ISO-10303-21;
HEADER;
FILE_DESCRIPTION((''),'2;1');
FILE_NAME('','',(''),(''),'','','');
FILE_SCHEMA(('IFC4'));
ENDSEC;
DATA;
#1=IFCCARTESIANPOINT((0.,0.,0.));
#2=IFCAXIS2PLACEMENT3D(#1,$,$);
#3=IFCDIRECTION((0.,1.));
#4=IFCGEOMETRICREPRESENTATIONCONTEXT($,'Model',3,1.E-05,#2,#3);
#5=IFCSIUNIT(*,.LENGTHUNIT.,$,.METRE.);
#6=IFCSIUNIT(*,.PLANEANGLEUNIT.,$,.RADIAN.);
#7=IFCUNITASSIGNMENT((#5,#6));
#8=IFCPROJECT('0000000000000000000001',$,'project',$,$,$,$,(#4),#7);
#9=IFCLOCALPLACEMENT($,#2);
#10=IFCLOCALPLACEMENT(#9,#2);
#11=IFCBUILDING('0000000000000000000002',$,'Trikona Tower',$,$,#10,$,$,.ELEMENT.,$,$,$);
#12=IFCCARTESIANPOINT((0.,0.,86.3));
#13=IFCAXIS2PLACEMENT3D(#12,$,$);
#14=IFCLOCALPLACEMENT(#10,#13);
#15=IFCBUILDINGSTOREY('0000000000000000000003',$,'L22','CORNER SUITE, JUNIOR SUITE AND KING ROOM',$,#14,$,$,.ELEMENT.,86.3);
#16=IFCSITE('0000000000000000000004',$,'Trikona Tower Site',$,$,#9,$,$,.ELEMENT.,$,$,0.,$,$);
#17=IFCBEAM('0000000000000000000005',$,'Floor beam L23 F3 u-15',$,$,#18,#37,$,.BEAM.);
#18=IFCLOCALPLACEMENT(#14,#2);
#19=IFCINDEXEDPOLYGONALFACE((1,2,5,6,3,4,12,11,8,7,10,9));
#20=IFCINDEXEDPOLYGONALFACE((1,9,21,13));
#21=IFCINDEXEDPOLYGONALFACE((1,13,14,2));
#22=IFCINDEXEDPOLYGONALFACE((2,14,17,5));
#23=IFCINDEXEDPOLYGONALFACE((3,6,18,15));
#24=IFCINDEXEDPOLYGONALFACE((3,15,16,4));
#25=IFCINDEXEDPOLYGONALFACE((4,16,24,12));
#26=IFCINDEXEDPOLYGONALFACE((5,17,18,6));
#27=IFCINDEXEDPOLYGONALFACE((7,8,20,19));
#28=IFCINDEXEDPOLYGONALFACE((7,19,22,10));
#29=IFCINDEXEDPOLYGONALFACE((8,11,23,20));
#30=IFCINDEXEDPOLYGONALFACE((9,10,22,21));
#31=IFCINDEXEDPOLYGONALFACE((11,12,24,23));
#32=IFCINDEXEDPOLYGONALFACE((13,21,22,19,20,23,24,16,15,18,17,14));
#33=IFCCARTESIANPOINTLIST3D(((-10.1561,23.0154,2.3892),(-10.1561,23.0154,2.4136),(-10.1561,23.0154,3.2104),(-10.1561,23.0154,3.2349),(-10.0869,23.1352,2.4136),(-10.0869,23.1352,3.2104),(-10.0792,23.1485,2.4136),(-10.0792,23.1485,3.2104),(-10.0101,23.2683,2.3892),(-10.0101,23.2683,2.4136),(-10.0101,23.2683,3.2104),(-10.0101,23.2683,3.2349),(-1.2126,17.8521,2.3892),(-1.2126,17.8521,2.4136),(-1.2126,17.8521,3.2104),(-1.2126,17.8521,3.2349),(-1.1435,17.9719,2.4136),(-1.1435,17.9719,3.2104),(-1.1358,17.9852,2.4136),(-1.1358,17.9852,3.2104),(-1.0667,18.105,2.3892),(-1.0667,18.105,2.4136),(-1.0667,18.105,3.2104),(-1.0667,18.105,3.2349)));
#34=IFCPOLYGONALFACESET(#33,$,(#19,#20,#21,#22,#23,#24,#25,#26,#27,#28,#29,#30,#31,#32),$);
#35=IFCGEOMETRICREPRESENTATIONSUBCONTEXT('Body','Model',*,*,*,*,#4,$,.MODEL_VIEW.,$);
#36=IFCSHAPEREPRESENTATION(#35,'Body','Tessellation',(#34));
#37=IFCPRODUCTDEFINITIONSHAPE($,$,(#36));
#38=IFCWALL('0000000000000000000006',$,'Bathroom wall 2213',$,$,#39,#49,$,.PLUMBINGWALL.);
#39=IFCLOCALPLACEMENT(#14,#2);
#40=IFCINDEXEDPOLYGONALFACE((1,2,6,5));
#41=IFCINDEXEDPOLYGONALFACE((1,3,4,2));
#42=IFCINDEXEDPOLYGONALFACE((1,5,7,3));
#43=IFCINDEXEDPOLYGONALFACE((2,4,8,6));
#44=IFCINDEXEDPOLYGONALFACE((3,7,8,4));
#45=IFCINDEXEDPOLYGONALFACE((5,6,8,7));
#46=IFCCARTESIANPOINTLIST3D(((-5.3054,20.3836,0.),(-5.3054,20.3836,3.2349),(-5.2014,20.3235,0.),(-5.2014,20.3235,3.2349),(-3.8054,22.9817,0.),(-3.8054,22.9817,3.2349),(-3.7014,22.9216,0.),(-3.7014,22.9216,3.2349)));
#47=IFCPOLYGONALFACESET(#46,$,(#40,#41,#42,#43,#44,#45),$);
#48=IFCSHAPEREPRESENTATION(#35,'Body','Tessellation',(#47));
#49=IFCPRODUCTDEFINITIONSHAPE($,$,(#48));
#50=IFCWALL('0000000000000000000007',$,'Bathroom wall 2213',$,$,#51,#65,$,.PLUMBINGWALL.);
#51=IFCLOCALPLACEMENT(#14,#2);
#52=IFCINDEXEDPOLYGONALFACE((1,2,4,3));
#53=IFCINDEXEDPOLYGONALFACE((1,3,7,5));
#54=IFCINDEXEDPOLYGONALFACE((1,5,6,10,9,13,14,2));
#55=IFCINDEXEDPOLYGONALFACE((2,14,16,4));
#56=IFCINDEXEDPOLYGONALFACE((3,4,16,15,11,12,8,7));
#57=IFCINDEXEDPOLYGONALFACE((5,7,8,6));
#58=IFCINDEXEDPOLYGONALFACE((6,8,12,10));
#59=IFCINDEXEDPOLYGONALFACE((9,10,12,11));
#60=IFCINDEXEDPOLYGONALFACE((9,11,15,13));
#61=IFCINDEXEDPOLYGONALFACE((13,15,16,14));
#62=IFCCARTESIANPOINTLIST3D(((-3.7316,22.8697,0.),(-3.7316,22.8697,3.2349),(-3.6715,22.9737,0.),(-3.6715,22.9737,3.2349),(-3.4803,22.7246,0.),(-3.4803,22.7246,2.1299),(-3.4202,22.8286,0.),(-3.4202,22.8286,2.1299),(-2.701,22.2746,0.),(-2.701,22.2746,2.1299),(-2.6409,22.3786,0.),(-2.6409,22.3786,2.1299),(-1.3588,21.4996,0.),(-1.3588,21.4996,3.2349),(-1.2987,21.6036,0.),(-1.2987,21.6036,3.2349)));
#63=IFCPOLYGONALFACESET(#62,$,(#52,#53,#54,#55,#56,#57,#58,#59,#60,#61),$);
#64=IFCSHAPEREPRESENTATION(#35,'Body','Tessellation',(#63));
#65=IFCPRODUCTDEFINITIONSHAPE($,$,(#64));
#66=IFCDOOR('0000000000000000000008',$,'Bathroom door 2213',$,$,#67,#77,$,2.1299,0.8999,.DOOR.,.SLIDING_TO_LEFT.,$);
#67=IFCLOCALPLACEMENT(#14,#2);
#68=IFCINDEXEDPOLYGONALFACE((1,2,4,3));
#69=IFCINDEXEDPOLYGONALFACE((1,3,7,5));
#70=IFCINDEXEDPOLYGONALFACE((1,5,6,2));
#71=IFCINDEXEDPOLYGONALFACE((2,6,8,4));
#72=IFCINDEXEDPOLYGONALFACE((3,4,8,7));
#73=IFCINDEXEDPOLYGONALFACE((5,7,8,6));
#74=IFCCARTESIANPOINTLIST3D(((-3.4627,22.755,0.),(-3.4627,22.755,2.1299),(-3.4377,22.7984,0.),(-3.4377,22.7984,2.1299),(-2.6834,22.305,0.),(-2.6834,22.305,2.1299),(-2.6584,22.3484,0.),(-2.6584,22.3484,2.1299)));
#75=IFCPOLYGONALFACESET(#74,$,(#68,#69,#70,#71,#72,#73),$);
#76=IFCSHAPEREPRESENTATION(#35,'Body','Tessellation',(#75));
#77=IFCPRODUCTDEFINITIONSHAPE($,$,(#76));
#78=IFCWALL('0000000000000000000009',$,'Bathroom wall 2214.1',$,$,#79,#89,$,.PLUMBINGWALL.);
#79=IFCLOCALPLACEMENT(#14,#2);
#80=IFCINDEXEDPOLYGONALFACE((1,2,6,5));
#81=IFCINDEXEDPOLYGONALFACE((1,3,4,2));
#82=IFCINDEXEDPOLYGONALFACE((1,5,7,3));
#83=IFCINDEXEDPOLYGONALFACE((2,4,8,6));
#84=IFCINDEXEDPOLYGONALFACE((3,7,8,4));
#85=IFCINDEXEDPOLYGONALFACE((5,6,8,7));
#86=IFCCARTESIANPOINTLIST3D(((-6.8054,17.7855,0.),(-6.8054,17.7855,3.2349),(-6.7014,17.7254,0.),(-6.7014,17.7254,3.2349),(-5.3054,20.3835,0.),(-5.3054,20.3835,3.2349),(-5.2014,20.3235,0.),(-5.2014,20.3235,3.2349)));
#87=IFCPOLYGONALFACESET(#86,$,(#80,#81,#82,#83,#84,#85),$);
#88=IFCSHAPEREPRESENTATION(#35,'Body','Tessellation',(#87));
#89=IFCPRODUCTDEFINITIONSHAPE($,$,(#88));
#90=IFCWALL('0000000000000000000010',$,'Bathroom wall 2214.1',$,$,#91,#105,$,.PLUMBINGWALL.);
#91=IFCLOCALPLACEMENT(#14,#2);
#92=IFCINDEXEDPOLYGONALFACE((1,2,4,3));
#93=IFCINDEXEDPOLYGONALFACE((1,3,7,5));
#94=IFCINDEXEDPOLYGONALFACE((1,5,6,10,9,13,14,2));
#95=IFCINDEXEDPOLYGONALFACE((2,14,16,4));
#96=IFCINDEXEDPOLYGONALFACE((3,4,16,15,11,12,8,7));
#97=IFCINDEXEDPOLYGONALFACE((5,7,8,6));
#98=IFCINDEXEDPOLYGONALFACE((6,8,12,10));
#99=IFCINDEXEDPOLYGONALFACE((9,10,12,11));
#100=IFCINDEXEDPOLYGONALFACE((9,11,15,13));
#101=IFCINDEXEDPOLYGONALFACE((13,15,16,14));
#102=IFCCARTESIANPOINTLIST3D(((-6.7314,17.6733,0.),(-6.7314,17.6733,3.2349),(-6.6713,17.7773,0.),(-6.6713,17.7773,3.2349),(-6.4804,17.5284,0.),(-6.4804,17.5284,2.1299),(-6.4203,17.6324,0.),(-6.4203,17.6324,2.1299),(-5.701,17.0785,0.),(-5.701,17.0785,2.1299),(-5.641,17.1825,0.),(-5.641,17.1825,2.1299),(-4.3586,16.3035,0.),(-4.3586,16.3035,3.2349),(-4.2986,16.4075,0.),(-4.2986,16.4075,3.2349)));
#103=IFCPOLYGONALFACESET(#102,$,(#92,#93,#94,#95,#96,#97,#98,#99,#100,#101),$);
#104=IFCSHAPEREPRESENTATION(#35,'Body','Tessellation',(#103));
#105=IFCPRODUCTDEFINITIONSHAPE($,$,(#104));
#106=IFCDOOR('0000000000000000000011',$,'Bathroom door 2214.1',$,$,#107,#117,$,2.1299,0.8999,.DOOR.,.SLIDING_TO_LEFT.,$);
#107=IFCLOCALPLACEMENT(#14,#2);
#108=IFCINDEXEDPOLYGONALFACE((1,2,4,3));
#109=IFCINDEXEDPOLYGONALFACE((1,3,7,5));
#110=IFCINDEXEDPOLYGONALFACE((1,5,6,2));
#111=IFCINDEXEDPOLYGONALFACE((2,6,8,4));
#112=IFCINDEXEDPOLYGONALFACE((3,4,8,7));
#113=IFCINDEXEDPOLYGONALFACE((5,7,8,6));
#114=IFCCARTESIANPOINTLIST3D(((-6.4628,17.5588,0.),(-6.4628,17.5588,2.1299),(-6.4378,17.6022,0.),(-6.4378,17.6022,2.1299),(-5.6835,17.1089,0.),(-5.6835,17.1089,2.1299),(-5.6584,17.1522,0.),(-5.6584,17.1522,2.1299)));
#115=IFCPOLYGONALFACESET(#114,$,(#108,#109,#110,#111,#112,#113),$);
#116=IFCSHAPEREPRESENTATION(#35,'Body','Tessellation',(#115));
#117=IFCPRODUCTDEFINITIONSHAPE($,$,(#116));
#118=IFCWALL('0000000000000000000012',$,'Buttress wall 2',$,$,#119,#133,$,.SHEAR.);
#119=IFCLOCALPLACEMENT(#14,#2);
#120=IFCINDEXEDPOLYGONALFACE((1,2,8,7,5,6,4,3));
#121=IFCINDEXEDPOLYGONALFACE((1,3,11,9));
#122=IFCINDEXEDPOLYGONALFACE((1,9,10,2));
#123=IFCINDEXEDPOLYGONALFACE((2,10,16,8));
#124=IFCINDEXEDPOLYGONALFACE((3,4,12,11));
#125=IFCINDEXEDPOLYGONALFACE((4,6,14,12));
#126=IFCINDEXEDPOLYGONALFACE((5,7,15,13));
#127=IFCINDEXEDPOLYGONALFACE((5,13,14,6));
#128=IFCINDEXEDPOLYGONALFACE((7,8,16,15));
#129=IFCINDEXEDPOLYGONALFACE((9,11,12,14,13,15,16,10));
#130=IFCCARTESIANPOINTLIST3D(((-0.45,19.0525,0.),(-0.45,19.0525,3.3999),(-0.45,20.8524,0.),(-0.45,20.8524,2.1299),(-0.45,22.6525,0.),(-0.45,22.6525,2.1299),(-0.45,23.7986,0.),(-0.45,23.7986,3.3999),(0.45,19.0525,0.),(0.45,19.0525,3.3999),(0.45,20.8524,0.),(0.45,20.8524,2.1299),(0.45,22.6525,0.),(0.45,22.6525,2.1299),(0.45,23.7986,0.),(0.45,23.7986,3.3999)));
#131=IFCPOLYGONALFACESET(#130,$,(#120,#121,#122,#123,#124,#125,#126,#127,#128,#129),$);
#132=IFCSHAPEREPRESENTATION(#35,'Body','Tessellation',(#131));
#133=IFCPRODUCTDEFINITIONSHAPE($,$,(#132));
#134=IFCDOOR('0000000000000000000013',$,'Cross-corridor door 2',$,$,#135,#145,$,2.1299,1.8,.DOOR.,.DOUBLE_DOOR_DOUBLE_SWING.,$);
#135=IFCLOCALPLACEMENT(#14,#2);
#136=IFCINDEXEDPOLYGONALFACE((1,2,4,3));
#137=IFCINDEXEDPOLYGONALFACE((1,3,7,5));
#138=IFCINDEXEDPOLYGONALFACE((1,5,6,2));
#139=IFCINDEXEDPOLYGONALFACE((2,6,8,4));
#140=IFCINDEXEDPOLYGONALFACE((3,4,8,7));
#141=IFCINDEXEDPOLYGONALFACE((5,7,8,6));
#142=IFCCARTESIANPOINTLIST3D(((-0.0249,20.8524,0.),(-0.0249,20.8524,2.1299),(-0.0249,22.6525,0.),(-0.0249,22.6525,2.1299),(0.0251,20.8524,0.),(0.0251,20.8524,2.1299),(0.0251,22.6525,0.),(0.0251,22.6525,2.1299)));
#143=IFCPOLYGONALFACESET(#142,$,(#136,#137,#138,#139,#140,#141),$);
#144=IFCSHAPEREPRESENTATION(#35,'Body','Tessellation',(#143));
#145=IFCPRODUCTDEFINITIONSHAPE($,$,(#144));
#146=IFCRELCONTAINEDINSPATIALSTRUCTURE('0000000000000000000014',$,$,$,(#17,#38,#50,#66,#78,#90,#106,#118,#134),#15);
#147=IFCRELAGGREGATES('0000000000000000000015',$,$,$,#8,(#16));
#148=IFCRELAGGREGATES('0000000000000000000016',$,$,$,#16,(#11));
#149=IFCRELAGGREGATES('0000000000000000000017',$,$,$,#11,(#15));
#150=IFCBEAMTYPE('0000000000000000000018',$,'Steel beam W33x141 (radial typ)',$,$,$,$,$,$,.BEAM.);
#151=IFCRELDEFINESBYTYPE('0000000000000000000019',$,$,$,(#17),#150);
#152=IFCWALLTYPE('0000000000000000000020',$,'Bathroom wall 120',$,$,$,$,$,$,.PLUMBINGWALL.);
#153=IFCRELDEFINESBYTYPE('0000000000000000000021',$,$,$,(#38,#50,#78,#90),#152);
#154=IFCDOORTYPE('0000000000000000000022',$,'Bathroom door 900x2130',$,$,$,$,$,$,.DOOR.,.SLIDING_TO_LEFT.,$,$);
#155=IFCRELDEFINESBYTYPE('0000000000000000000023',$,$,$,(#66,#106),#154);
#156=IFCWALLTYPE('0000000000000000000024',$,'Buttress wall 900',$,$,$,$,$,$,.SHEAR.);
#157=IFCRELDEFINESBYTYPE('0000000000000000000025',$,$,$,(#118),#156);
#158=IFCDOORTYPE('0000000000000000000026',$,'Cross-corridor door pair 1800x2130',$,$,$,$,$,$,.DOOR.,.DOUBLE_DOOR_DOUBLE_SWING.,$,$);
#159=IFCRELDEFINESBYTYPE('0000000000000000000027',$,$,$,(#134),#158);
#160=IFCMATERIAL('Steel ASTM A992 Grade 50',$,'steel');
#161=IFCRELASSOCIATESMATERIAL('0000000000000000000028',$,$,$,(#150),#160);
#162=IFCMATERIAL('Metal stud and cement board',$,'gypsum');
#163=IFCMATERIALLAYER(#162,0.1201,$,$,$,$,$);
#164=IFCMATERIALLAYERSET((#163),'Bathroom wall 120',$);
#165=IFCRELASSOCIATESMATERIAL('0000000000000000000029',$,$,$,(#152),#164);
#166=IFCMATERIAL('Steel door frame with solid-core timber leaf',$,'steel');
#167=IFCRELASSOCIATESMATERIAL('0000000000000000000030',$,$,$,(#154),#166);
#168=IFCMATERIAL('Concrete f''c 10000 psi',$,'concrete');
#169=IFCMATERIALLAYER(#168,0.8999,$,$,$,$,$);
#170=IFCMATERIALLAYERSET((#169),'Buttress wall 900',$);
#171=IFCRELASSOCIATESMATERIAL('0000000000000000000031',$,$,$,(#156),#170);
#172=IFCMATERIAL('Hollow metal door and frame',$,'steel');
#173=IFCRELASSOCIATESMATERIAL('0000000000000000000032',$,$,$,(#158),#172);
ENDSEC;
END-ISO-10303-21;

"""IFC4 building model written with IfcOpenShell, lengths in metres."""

from ifc_helpers import new_model, si_unit, direction, frame, frame_2d, origin, origin_2d, place, context, subcontext, project, spatial, rectangle, i_section, extrude, material, layer, layer_set, material_profile, profile_set, type_object, element, fill, save


model = new_model("IFC4")

# Units and contexts
model_context = context("Model", 3, precision=1e-05, world=origin(), true_north=direction((0.0, 1.0)))
body_context = subcontext(model_context, "Body", "Model", "MODEL_VIEW")
ifc_project = project(units=[si_unit("LENGTHUNIT", "METRE"), si_unit("PLANEANGLEUNIT", "RADIAN")], contexts=[model_context])

# Site, building, storey
site_placement = place(None, origin())
site = spatial("IfcSite", under=ifc_project, at=site_placement, Name="Trikona Tower Site", CompositionType="ELEMENT", RefElevation=0.0)
building_placement = place(site_placement, origin())
building = spatial("IfcBuilding", under=site, at=building_placement, Name="Trikona Tower", CompositionType="ELEMENT")
storey_placement = place(building_placement, frame((0.0, 0.0, 86.3)))
storey = spatial("IfcBuildingStorey", under=building, at=storey_placement, Name="L22", Description="CORNER SUITE, JUNIOR SUITE AND KING ROOM", CompositionType="ELEMENT", Elevation=86.3)

# Beam
ifc_material_1 = material(Name="Steel ASTM A992 Grade 50", Category="steel")
ifc_material_profile = material_profile(ifc_material_1, i_section(OverallWidth=0.292, OverallDepth=0.8457, WebThickness=0.0154, FlangeThickness=0.0244, at=origin_2d()), Name="W33X141")
ifc_profile_set = profile_set([ifc_material_profile], Name="Steel ASTM A992 Grade 50")
beam_type = type_object("IfcBeamType", Name="Steel beam W33x141 (radial typ)", PredefinedType="BEAM", material=ifc_profile_set)
beam_placement = place(storey_placement, frame((-1.1396, 17.9785, 2.812), z_axis=(-0.86603, 0.499991, 0.0), x_axis=(-0.499991, -0.86603, 0.0)))
element("IfcBeam", 1, at=beam_placement, inside=storey, type_object=beam_type, Name="Floor beam L23 F3 u-15", PredefinedType="BEAM", context=body_context, shape_type="SweptSolid", body=[
    extrude(i_section(OverallWidth=0.292, OverallDepth=0.8457, WebThickness=0.0154, FlangeThickness=0.0244, at=origin_2d()), origin(), (0.0, 0.0, 1.0), 10.3269),
])

# Wall
ifc_material_2 = material(Name="Metal stud and cement board", Category="gypsum")
ifc_layer_1 = layer(ifc_material_2, 0.1201)
ifc_layer_set_1 = layer_set([ifc_layer_1], Name="Bathroom wall 120")
wall_type_1 = type_object("IfcWallType", Name="Bathroom wall 120", PredefinedType="PLUMBINGWALL", material=ifc_layer_set_1)
wall_1_placement = place(storey_placement, frame((-3.7534, 22.9517, 0.0), z_axis=(0.0, 0.0, 1.0), x_axis=(-0.49999, -0.866031, 0.0)))
element("IfcWall", 2, at=wall_1_placement, inside=storey, type_object=wall_type_1, Name="Bathroom wall 2213", PredefinedType="PLUMBINGWALL", context=body_context, shape_type="SweptSolid", body=[
    extrude(rectangle(XDim=3.0, YDim=0.1201, at=frame_2d((1.5, 0.0))), origin(), (0.0, 0.0, 1.0), 3.2349),
])

# Wall, opening, door
wall_2_placement = place(storey_placement, frame((-1.3286, 21.5515, 0.0), z_axis=(0.0, 0.0, 1.0), x_axis=(-0.865997, 0.500049, 0.0)))
wall_2 = element("IfcWall", 3, at=wall_2_placement, inside=storey, type_object=wall_type_1, Name="Bathroom wall 2213", PredefinedType="PLUMBINGWALL", context=body_context, shape_type="SweptSolid", body=[
    extrude(rectangle(XDim=2.74, YDim=0.1201, at=frame_2d((1.3701, 0.0))), origin(), (0.0, 0.0, 1.0), 3.2349),
])
opening_1_placement = place(wall_2_placement, frame((1.55, 0.0, 0.0)))
opening_1 = element("IfcOpeningElement", 4, at=opening_1_placement, cuts=wall_2, PredefinedType="OPENING", context=body_context, shape_type="SweptSolid", body=[
    extrude(rectangle(XDim=0.8999, YDim=2.1299, at=frame_2d((0.45, 1.0649))), frame((0.0, 0.0701, 0.0), z_axis=(0.0, -1.0, 0.0), x_axis=(1.0, 0.0, 0.0)), (0.0, 0.0, 1.0), 0.1401),
])
ifc_material_3 = material(Name="Steel door frame with solid-core timber leaf", Category="steel")
door_type_1 = type_object("IfcDoorType", Name="Bathroom door 900x2130", OperationType="SLIDING_TO_LEFT", PredefinedType="DOOR", material=ifc_material_3)
door_1_placement = place(opening_1_placement, origin())
door_1 = element("IfcDoor", 5, at=door_1_placement, inside=storey, type_object=door_type_1, Name="Bathroom door 2213", OperationType="SLIDING_TO_LEFT", OverallHeight=2.1299, OverallWidth=0.8999, PredefinedType="DOOR", context=body_context, shape_type="SweptSolid", body=[
    extrude(rectangle(XDim=0.8999, YDim=2.1299, at=frame_2d((0.45, 1.0649))), frame((0.0, 0.0249, 0.0), z_axis=(0.0, -1.0, 0.0), x_axis=(1.0, 0.0, 0.0)), (0.0, 0.0, 1.0), 0.05),
])
fill(opening_1, door_1)

# Wall
wall_3_placement = place(storey_placement, frame((-5.2534, 20.3535, 0.0), z_axis=(0.0, 0.0, 1.0), x_axis=(-0.49999, -0.866031, 0.0)))
element("IfcWall", 6, at=wall_3_placement, inside=storey, type_object=wall_type_1, Name="Bathroom wall 2214.1", PredefinedType="PLUMBINGWALL", context=body_context, shape_type="SweptSolid", body=[
    extrude(rectangle(XDim=3.0, YDim=0.1201, at=frame_2d((1.5, 0.0))), origin(), (0.0, 0.0, 1.0), 3.2349),
])

# Walls, openings, doors
wall_4_placement = place(storey_placement, frame((-4.3286, 16.3555, 0.0), z_axis=(0.0, 0.0, 1.0), x_axis=(-0.866036, 0.499982, 0.0)))
wall_4 = element("IfcWall", 7, at=wall_4_placement, inside=storey, type_object=wall_type_1, Name="Bathroom wall 2214.1", PredefinedType="PLUMBINGWALL", context=body_context, shape_type="SweptSolid", body=[
    extrude(rectangle(XDim=2.7397, YDim=0.1201, at=frame_2d((1.3699, 0.0))), origin(), (0.0, 0.0, 1.0), 3.2349),
])
opening_2_placement = place(wall_4_placement, frame((1.55, 0.0, 0.0)))
opening_2 = element("IfcOpeningElement", 8, at=opening_2_placement, cuts=wall_4, PredefinedType="OPENING", context=body_context, shape_type="SweptSolid", body=[
    extrude(rectangle(XDim=0.8999, YDim=2.1299, at=frame_2d((0.45, 1.0649))), frame((0.0, 0.0701, 0.0), z_axis=(0.0, -1.0, 0.0), x_axis=(1.0, 0.0, 0.0)), (0.0, 0.0, 1.0), 0.1401),
])
door_2_placement = place(opening_2_placement, origin())
door_2 = element("IfcDoor", 9, at=door_2_placement, inside=storey, type_object=door_type_1, Name="Bathroom door 2214.1", OperationType="SLIDING_TO_LEFT", OverallHeight=2.1299, OverallWidth=0.8999, PredefinedType="DOOR", context=body_context, shape_type="SweptSolid", body=[
    extrude(rectangle(XDim=0.8999, YDim=2.1299, at=frame_2d((0.45, 1.0649))), frame((0.0, 0.0249, 0.0), z_axis=(0.0, -1.0, 0.0), x_axis=(1.0, 0.0, 0.0)), (0.0, 0.0, 1.0), 0.05),
])
fill(opening_2, door_2)
ifc_material_4 = material(Name="Concrete f'c 10000 psi", Category="concrete")
ifc_layer_2 = layer(ifc_material_4, 0.8999)
ifc_layer_set_2 = layer_set([ifc_layer_2], Name="Buttress wall 900")
wall_type_2 = type_object("IfcWallType", Name="Buttress wall 900", PredefinedType="SHEAR", material=ifc_layer_set_2)
wall_5_placement = place(storey_placement, frame((0.0, 19.0525, 0.0), z_axis=(0.0, 0.0, 1.0), x_axis=(0.0, 1.0, 0.0)))
wall_5 = element("IfcWall", 10, at=wall_5_placement, inside=storey, type_object=wall_type_2, Name="Buttress wall 2", PredefinedType="SHEAR", context=body_context, shape_type="SweptSolid", body=[
    extrude(rectangle(XDim=4.7461, YDim=0.8999, at=frame_2d((2.373, 0.0))), origin(), (0.0, 0.0, 1.0), 3.3999),
])
opening_3_placement = place(wall_5_placement, frame((1.8, 0.0, 0.0)))
opening_3 = element("IfcOpeningElement", 11, at=opening_3_placement, cuts=wall_5, PredefinedType="OPENING", context=body_context, shape_type="SweptSolid", body=[
    extrude(rectangle(XDim=1.8, YDim=2.1299, at=frame_2d((0.8999, 1.0649))), frame((0.0, 0.46, 0.0), z_axis=(0.0, -1.0, 0.0), x_axis=(1.0, 0.0, 0.0)), (0.0, 0.0, 1.0), 0.9199),
])
ifc_material_5 = material(Name="Hollow metal door and frame", Category="steel")
door_type_2 = type_object("IfcDoorType", Name="Cross-corridor door pair 1800x2130", OperationType="DOUBLE_DOOR_DOUBLE_SWING", PredefinedType="DOOR", material=ifc_material_5)
door_3_placement = place(opening_3_placement, origin())
door_3 = element("IfcDoor", 12, at=door_3_placement, inside=storey, type_object=door_type_2, Name="Cross-corridor door 2", OperationType="DOUBLE_DOOR_DOUBLE_SWING", OverallHeight=2.1299, OverallWidth=1.8, PredefinedType="DOOR", context=body_context, shape_type="SweptSolid", body=[
    extrude(rectangle(XDim=1.8, YDim=2.1299, at=frame_2d((0.8999, 1.0649))), frame((0.0, 0.0249, 0.0), z_axis=(0.0, -1.0, 0.0), x_axis=(1.0, 0.0, 0.0)), (0.0, 0.0, 1.0), 0.05),
])
fill(opening_3, door_3)

save(model, "model.ifc")
